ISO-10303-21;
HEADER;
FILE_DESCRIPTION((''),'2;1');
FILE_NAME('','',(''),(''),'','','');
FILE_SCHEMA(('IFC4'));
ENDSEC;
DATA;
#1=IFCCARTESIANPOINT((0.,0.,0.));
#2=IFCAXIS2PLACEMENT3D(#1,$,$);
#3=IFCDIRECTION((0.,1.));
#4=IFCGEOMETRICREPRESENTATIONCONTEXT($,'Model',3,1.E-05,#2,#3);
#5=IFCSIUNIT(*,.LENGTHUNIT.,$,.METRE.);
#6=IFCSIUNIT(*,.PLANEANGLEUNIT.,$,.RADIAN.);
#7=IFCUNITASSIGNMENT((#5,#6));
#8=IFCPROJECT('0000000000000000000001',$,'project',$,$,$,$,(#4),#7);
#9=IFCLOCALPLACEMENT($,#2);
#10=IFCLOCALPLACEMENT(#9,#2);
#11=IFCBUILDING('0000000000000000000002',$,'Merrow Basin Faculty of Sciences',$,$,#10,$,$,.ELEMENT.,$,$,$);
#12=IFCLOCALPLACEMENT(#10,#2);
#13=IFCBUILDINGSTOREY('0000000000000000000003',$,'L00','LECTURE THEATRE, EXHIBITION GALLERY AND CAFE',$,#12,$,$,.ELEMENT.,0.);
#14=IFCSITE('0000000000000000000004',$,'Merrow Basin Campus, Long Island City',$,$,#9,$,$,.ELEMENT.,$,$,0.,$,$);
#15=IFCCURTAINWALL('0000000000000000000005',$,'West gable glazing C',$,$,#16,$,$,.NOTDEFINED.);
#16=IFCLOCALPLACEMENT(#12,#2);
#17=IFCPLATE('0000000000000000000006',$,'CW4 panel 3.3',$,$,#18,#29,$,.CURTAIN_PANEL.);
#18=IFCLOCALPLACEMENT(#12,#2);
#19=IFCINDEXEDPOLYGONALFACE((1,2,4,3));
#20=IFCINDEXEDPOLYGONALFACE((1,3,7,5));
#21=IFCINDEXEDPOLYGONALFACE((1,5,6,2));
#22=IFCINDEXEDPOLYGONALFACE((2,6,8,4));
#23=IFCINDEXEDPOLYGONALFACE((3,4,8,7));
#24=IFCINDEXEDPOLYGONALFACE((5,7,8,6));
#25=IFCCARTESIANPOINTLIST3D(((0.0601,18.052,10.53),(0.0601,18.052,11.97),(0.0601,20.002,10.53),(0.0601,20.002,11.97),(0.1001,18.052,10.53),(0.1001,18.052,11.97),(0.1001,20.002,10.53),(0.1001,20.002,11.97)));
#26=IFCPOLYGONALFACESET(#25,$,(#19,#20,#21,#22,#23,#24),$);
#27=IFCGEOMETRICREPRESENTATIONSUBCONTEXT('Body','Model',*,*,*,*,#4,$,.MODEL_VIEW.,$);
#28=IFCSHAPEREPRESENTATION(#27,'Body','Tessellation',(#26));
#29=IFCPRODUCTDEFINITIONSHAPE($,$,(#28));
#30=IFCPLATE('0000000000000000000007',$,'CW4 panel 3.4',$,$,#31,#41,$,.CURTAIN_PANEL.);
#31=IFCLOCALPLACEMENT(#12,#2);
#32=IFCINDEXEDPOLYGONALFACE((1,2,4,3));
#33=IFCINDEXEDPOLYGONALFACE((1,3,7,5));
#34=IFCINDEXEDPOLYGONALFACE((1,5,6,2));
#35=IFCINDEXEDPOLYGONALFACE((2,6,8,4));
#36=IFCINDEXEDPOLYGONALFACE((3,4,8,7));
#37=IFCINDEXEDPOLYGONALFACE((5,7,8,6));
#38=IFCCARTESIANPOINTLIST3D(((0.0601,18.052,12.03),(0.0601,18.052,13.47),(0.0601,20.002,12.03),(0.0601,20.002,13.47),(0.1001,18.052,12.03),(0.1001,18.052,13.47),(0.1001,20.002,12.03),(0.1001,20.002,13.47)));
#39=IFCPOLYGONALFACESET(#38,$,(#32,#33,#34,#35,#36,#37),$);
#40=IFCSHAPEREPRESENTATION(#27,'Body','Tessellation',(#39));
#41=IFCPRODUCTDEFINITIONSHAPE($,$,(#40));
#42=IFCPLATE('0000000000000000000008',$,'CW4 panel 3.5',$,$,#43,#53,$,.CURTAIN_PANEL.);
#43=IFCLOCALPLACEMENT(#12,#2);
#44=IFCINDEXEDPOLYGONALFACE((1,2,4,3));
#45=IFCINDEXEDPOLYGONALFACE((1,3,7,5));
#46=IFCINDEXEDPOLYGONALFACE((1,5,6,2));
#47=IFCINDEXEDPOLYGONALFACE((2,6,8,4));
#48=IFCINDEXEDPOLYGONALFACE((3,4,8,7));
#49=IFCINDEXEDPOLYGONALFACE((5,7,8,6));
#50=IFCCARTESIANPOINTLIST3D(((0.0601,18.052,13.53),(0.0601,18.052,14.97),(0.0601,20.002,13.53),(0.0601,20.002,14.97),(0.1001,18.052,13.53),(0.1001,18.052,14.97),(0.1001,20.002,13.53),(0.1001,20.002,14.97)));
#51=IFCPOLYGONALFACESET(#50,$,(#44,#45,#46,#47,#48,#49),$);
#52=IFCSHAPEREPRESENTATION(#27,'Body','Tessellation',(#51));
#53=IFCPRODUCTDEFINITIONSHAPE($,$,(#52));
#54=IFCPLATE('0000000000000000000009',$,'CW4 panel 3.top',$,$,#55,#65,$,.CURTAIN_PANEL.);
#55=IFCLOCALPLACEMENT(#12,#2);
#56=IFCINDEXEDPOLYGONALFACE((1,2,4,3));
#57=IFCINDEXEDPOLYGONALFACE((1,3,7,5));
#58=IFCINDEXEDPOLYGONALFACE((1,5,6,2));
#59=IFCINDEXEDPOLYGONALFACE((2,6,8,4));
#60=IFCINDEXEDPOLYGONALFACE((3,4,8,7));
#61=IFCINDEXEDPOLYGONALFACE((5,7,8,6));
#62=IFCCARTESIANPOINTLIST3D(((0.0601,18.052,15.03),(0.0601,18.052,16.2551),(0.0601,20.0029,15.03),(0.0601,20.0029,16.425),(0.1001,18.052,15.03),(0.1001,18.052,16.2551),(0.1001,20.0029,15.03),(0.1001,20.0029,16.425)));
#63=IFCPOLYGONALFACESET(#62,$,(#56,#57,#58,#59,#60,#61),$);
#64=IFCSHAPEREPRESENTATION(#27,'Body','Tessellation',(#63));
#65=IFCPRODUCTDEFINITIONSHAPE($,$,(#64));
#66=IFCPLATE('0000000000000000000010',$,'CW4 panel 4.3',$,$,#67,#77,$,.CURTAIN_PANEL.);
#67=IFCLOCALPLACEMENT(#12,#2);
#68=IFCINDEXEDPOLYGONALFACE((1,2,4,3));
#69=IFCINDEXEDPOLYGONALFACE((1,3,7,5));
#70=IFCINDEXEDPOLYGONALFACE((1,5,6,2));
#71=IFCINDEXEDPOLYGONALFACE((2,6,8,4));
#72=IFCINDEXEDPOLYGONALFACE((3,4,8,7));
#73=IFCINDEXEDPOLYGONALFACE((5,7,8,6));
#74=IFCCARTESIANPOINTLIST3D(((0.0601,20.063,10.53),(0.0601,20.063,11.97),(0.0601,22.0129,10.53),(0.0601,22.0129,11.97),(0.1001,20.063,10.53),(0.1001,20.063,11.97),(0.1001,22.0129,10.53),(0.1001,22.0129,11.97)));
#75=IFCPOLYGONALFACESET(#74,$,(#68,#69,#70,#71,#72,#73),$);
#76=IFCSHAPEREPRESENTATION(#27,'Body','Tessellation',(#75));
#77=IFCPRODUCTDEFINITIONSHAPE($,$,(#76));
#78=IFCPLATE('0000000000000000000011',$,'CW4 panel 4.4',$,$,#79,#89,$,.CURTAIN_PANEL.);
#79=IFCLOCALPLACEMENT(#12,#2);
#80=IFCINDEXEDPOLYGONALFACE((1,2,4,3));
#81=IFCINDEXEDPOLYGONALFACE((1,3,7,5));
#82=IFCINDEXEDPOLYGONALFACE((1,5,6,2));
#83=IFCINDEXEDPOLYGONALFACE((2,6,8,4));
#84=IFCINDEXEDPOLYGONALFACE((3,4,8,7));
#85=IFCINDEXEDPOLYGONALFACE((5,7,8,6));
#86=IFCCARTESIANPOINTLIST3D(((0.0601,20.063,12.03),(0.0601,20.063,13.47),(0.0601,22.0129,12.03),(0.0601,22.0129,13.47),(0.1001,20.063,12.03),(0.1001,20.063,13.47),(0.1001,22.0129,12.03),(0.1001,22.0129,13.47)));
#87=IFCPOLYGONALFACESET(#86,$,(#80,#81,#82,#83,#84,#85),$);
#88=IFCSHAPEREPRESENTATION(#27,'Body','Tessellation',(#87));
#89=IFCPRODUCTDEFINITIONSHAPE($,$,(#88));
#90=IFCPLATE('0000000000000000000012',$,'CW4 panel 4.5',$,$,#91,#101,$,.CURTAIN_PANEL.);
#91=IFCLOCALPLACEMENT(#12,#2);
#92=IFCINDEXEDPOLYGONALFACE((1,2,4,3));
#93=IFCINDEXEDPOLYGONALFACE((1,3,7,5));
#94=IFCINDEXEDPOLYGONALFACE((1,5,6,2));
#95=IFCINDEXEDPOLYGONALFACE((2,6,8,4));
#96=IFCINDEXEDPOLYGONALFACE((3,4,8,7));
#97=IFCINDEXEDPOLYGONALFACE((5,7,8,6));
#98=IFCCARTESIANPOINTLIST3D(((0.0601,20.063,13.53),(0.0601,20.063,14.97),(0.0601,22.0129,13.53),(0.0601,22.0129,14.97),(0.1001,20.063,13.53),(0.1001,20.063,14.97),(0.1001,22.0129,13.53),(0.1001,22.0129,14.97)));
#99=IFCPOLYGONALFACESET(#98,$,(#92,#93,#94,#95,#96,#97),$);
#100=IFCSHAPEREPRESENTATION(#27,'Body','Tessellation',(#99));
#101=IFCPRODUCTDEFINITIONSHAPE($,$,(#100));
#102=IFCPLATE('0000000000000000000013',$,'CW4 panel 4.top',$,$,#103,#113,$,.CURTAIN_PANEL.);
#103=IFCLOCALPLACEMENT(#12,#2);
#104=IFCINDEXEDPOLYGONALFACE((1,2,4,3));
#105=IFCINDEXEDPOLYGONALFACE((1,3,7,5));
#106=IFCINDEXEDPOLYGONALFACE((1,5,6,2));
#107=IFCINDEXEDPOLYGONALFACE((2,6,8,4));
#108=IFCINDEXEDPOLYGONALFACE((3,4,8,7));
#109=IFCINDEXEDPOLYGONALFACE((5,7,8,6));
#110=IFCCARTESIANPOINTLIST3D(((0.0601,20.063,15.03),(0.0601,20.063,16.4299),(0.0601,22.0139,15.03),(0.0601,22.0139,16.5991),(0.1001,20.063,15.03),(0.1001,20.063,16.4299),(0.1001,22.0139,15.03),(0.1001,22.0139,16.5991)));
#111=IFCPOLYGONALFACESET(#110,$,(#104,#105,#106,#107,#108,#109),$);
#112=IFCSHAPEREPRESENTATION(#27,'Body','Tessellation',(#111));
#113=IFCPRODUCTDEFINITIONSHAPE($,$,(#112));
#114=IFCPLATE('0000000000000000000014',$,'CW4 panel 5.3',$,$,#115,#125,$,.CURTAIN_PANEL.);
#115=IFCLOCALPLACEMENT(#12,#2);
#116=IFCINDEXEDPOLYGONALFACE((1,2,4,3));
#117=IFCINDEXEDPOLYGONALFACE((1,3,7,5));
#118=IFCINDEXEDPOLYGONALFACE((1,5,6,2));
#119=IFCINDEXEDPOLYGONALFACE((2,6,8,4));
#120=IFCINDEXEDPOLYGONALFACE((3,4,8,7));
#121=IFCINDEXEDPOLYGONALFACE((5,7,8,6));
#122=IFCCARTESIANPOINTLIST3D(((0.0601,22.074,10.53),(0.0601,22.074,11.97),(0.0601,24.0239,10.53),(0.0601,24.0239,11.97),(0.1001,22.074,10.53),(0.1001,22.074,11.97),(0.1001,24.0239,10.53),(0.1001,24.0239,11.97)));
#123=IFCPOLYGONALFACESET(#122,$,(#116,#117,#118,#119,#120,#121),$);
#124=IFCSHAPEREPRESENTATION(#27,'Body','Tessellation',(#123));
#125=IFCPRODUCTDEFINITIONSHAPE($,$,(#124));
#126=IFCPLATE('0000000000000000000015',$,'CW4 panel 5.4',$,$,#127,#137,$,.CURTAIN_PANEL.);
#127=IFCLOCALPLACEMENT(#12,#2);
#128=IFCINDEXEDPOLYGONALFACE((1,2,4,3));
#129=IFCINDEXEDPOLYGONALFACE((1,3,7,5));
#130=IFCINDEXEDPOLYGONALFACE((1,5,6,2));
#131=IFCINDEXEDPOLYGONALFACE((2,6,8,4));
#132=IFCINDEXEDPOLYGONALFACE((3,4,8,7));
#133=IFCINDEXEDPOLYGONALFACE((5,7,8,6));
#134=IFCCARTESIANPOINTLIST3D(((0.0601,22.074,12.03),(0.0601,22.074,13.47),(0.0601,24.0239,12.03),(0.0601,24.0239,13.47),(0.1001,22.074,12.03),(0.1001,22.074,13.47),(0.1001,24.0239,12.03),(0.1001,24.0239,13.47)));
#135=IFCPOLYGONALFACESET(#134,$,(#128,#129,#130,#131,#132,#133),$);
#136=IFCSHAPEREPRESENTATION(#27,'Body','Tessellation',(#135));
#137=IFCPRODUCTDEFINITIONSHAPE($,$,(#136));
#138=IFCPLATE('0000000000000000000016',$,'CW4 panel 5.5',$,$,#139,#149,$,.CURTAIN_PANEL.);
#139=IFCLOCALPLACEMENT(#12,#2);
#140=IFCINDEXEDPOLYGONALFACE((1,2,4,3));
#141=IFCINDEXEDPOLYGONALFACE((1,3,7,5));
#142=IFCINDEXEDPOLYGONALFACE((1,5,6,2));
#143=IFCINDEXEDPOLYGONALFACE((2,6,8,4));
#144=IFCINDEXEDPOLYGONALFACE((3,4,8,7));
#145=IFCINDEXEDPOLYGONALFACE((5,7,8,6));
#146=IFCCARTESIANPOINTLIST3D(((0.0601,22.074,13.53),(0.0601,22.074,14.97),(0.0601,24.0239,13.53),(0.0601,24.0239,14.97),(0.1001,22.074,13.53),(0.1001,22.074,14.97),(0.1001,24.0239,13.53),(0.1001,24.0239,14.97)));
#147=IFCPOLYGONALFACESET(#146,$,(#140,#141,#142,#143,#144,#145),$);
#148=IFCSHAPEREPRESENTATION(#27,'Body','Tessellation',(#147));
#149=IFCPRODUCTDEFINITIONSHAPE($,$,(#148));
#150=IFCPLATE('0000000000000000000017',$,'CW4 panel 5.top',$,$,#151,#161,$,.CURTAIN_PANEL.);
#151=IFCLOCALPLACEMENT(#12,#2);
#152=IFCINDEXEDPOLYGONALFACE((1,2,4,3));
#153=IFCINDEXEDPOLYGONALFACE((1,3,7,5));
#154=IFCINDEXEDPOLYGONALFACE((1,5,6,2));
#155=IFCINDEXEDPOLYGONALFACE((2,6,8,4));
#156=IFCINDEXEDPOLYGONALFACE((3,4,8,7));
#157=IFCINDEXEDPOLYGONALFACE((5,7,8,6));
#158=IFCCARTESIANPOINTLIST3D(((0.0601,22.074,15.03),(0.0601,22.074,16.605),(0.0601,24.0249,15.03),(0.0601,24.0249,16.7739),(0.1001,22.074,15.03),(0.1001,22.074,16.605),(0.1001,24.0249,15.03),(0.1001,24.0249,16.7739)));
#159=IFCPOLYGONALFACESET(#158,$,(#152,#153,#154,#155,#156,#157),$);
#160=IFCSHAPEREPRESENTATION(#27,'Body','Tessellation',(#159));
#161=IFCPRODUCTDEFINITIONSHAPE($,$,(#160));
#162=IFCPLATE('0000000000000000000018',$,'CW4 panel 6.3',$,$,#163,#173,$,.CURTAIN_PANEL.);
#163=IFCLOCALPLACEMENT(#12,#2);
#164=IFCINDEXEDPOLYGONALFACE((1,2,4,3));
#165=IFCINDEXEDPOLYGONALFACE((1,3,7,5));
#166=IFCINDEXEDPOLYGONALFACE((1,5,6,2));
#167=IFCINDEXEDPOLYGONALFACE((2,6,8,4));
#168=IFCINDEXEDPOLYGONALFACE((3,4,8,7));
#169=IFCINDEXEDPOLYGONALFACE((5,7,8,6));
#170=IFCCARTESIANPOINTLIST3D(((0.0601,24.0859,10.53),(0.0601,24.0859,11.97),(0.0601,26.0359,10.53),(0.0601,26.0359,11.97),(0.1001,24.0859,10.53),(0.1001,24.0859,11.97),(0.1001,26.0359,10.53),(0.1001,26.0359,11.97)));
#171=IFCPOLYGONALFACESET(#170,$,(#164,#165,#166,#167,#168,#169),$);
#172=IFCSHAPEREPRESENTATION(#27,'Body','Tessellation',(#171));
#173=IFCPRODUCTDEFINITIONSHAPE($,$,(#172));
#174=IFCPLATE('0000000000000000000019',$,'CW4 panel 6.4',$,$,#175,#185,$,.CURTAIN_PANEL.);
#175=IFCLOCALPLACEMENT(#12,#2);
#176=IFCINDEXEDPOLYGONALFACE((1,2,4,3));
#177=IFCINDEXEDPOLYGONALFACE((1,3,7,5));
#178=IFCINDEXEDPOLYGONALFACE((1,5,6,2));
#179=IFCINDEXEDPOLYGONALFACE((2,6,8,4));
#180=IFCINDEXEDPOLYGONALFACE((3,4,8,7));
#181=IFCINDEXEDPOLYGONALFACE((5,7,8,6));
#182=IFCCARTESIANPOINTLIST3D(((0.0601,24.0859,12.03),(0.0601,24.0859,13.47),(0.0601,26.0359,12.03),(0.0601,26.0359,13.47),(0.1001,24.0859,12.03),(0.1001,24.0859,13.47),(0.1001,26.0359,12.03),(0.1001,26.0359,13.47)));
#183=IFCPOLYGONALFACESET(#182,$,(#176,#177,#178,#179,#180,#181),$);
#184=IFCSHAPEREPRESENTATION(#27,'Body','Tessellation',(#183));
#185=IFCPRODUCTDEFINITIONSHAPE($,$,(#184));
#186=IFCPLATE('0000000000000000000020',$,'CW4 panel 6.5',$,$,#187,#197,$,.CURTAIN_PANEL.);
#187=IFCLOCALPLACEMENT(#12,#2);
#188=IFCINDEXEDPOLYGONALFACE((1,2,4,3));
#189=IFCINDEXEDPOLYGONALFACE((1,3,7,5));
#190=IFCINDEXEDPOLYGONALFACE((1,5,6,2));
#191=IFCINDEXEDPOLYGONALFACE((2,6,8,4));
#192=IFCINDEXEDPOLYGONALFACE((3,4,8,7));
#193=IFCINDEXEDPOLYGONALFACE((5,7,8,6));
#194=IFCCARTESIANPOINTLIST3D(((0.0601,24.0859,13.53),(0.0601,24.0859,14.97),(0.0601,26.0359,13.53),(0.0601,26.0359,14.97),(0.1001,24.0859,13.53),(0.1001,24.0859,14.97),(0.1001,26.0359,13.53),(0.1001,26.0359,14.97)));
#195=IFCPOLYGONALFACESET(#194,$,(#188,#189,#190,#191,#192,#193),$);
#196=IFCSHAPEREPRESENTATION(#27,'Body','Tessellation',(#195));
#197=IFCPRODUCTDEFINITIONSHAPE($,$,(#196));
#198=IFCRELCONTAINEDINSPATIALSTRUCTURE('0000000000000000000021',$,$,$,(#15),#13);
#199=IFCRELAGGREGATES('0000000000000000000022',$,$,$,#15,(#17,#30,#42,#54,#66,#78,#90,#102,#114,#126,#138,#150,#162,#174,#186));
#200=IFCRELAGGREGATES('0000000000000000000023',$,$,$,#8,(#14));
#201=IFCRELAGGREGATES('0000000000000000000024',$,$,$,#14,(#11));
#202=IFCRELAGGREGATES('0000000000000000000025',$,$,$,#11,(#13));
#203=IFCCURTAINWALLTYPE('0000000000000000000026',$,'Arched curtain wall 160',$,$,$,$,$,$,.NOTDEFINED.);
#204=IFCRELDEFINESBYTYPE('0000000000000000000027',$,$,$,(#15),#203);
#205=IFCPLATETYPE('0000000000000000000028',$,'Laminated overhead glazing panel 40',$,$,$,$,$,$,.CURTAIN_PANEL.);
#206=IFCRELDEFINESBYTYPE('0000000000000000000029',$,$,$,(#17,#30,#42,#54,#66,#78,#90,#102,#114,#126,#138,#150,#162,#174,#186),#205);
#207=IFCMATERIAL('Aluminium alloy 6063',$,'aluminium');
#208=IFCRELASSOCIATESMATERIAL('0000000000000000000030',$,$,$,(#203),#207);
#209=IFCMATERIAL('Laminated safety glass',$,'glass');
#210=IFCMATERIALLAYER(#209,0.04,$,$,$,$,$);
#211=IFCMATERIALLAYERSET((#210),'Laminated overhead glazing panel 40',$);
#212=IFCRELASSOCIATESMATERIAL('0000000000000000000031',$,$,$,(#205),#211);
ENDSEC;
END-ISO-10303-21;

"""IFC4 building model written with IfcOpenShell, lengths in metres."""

from ifc_helpers import new_model, si_unit, direction, frame, origin, place, context, subcontext, project, spatial, polyline, outline, extrude, material, layer, layer_set, type_object, element, aggregate, save


model = new_model("IFC4")

# Units and contexts
model_context = context("Model", 3, precision=1e-05, world=origin(), true_north=direction((0.0, 1.0)))
body_context = subcontext(model_context, "Body", "Model", "MODEL_VIEW")
ifc_project = project(units=[si_unit("LENGTHUNIT", "METRE"), si_unit("PLANEANGLEUNIT", "RADIAN")], contexts=[model_context])

# Site, building, storey
site_placement = place(None, origin())
site = spatial("IfcSite", under=ifc_project, at=site_placement, Name="Merrow Basin Campus, Long Island City", CompositionType="ELEMENT", RefElevation=0.0)
building_placement = place(site_placement, origin())
building = spatial("IfcBuilding", under=site, at=building_placement, Name="Merrow Basin Faculty of Sciences", CompositionType="ELEMENT")
storey_placement = place(building_placement, origin())
storey = spatial("IfcBuildingStorey", under=building, at=storey_placement, Name="L00", Description="LECTURE THEATRE, EXHIBITION GALLERY AND CAFE", CompositionType="ELEMENT", Elevation=0.0)

# Curtain wall
ifc_material_1 = material(Name="Aluminium alloy 6063", Category="aluminium")
curtain_wall_type = type_object("IfcCurtainWallType", Name="Arched curtain wall 160", PredefinedType="NOTDEFINED", material=ifc_material_1)
curtain_wall_1_placement = place(storey_placement, origin())
curtain_wall_1 = element("IfcCurtainWall", 1, at=curtain_wall_1_placement, inside=storey, type_object=curtain_wall_type, Name="West gable glazing C", PredefinedType="NOTDEFINED")

# Plates
ifc_material_2 = material(Name="Laminated safety glass", Category="glass")
ifc_layer = layer(ifc_material_2, 0.04)
ifc_layer_set = layer_set([ifc_layer], Name="Laminated overhead glazing panel 40")
plate_type = type_object("IfcPlateType", Name="Laminated overhead glazing panel 40", PredefinedType="CURTAIN_PANEL", material=ifc_layer_set)
plate_1_placement = place(storey_placement, frame((0.0601, 18.052, 10.53), z_axis=(1.0, 0.0, 0.0), x_axis=(0.0, 1.0, 0.0)))
plate_1 = element("IfcPlate", 2, at=plate_1_placement, type_object=plate_type, Name="CW4 panel 3.3", PredefinedType="CURTAIN_PANEL", context=body_context, shape_type="SweptSolid", body=[
    extrude(outline(polyline([(0.0, 0.0), (1.95, 0.0), (1.95, 1.4399), (0.0, 1.4399), (0.0, 0.0)])), origin(), (0.0, 0.0, 1.0), 0.04),
])
plate_2_placement = place(storey_placement, frame((0.0601, 18.052, 12.03), z_axis=(1.0, 0.0, 0.0), x_axis=(0.0, 1.0, 0.0)))
plate_2 = element("IfcPlate", 3, at=plate_2_placement, type_object=plate_type, Name="CW4 panel 3.4", PredefinedType="CURTAIN_PANEL", context=body_context, shape_type="SweptSolid", body=[
    extrude(outline(polyline([(0.0, 0.0), (1.95, 0.0), (1.95, 1.4399), (0.0, 1.4399), (0.0, 0.0)])), origin(), (0.0, 0.0, 1.0), 0.04),
])
plate_3_placement = place(storey_placement, frame((0.0601, 18.052, 13.53), z_axis=(1.0, 0.0, 0.0), x_axis=(0.0, 1.0, 0.0)))
plate_3 = element("IfcPlate", 4, at=plate_3_placement, type_object=plate_type, Name="CW4 panel 3.5", PredefinedType="CURTAIN_PANEL", context=body_context, shape_type="SweptSolid", body=[
    extrude(outline(polyline([(0.0, 0.0), (1.95, 0.0), (1.95, 1.4399), (0.0, 1.4399), (0.0, 0.0)])), origin(), (0.0, 0.0, 1.0), 0.04),
])
plate_4_placement = place(storey_placement, frame((0.0601, 18.052, 15.03), z_axis=(1.0, 0.0, 0.0), x_axis=(0.0, 1.0, 0.0)))
plate_4 = element("IfcPlate", 5, at=plate_4_placement, type_object=plate_type, Name="CW4 panel 3.top", PredefinedType="CURTAIN_PANEL", context=body_context, shape_type="SweptSolid", body=[
    extrude(outline(polyline([(0.0, 0.0), (1.9509, 0.0), (1.9509, 1.395), (0.0, 1.2251), (0.0, 0.0)])), origin(), (0.0, 0.0, 1.0), 0.04),
])
plate_5_placement = place(storey_placement, frame((0.0601, 20.063, 10.53), z_axis=(1.0, 0.0, 0.0), x_axis=(0.0, 1.0, 0.0)))
plate_5 = element("IfcPlate", 6, at=plate_5_placement, type_object=plate_type, Name="CW4 panel 4.3", PredefinedType="CURTAIN_PANEL", context=body_context, shape_type="SweptSolid", body=[
    extrude(outline(polyline([(0.0, 0.0), (1.95, 0.0), (1.95, 1.4399), (0.0, 1.4399), (0.0, 0.0)])), origin(), (0.0, 0.0, 1.0), 0.04),
])
plate_6_placement = place(storey_placement, frame((0.0601, 20.063, 12.03), z_axis=(1.0, 0.0, 0.0), x_axis=(0.0, 1.0, 0.0)))
plate_6 = element("IfcPlate", 7, at=plate_6_placement, type_object=plate_type, Name="CW4 panel 4.4", PredefinedType="CURTAIN_PANEL", context=body_context, shape_type="SweptSolid", body=[
    extrude(outline(polyline([(0.0, 0.0), (1.95, 0.0), (1.95, 1.4399), (0.0, 1.4399), (0.0, 0.0)])), origin(), (0.0, 0.0, 1.0), 0.04),
])
plate_7_placement = place(storey_placement, frame((0.0601, 20.063, 13.53), z_axis=(1.0, 0.0, 0.0), x_axis=(0.0, 1.0, 0.0)))
plate_7 = element("IfcPlate", 8, at=plate_7_placement, type_object=plate_type, Name="CW4 panel 4.5", PredefinedType="CURTAIN_PANEL", context=body_context, shape_type="SweptSolid", body=[
    extrude(outline(polyline([(0.0, 0.0), (1.95, 0.0), (1.95, 1.4399), (0.0, 1.4399), (0.0, 0.0)])), origin(), (0.0, 0.0, 1.0), 0.04),
])
plate_8_placement = place(storey_placement, frame((0.0601, 20.063, 15.03), z_axis=(1.0, 0.0, 0.0), x_axis=(0.0, 1.0, 0.0)))
plate_8 = element("IfcPlate", 9, at=plate_8_placement, type_object=plate_type, Name="CW4 panel 4.top", PredefinedType="CURTAIN_PANEL", context=body_context, shape_type="SweptSolid", body=[
    extrude(outline(polyline([(0.0, 0.0), (1.9509, 0.0), (1.9509, 1.5691), (0.0, 1.3999), (0.0, 0.0)])), origin(), (0.0, 0.0, 1.0), 0.04),
])
plate_9_placement = place(storey_placement, frame((0.0601, 22.074, 10.53), z_axis=(1.0, 0.0, 0.0), x_axis=(0.0, 1.0, 0.0)))
plate_9 = element("IfcPlate", 10, at=plate_9_placement, type_object=plate_type, Name="CW4 panel 5.3", PredefinedType="CURTAIN_PANEL", context=body_context, shape_type="SweptSolid", body=[
    extrude(outline(polyline([(0.0, 0.0), (1.95, 0.0), (1.95, 1.4399), (0.0, 1.4399), (0.0, 0.0)])), origin(), (0.0, 0.0, 1.0), 0.04),
])
plate_10_placement = place(storey_placement, frame((0.0601, 22.074, 12.03), z_axis=(1.0, 0.0, 0.0), x_axis=(0.0, 1.0, 0.0)))
plate_10 = element("IfcPlate", 11, at=plate_10_placement, type_object=plate_type, Name="CW4 panel 5.4", PredefinedType="CURTAIN_PANEL", context=body_context, shape_type="SweptSolid", body=[
    extrude(outline(polyline([(0.0, 0.0), (1.95, 0.0), (1.95, 1.4399), (0.0, 1.4399), (0.0, 0.0)])), origin(), (0.0, 0.0, 1.0), 0.04),
])
plate_11_placement = place(storey_placement, frame((0.0601, 22.074, 13.53), z_axis=(1.0, 0.0, 0.0), x_axis=(0.0, 1.0, 0.0)))
plate_11 = element("IfcPlate", 12, at=plate_11_placement, type_object=plate_type, Name="CW4 panel 5.5", PredefinedType="CURTAIN_PANEL", context=body_context, shape_type="SweptSolid", body=[
    extrude(outline(polyline([(0.0, 0.0), (1.95, 0.0), (1.95, 1.4399), (0.0, 1.4399), (0.0, 0.0)])), origin(), (0.0, 0.0, 1.0), 0.04),
])
plate_12_placement = place(storey_placement, frame((0.0601, 22.074, 15.03), z_axis=(1.0, 0.0, 0.0), x_axis=(0.0, 1.0, 0.0)))
plate_12 = element("IfcPlate", 13, at=plate_12_placement, type_object=plate_type, Name="CW4 panel 5.top", PredefinedType="CURTAIN_PANEL", context=body_context, shape_type="SweptSolid", body=[
    extrude(outline(polyline([(0.0, 0.0), (1.9509, 0.0), (1.9509, 1.7439), (0.0, 1.575), (0.0, 0.0)])), origin(), (0.0, 0.0, 1.0), 0.04),
])
plate_13_placement = place(storey_placement, frame((0.0601, 24.0859, 10.53), z_axis=(1.0, 0.0, 0.0), x_axis=(0.0, 1.0, 0.0)))
plate_13 = element("IfcPlate", 14, at=plate_13_placement, type_object=plate_type, Name="CW4 panel 6.3", PredefinedType="CURTAIN_PANEL", context=body_context, shape_type="SweptSolid", body=[
    extrude(outline(polyline([(0.0, 0.0), (1.95, 0.0), (1.95, 1.4399), (0.0, 1.4399), (0.0, 0.0)])), origin(), (0.0, 0.0, 1.0), 0.04),
])
plate_14_placement = place(storey_placement, frame((0.0601, 24.0859, 12.03), z_axis=(1.0, 0.0, 0.0), x_axis=(0.0, 1.0, 0.0)))
plate_14 = element("IfcPlate", 15, at=plate_14_placement, type_object=plate_type, Name="CW4 panel 6.4", PredefinedType="CURTAIN_PANEL", context=body_context, shape_type="SweptSolid", body=[
    extrude(outline(polyline([(0.0, 0.0), (1.95, 0.0), (1.95, 1.4399), (0.0, 1.4399), (0.0, 0.0)])), origin(), (0.0, 0.0, 1.0), 0.04),
])
plate_15_placement = place(storey_placement, frame((0.0601, 24.0859, 13.53), z_axis=(1.0, 0.0, 0.0), x_axis=(0.0, 1.0, 0.0)))
plate_15 = element("IfcPlate", 16, at=plate_15_placement, type_object=plate_type, Name="CW4 panel 6.5", PredefinedType="CURTAIN_PANEL", context=body_context, shape_type="SweptSolid", body=[
    extrude(outline(polyline([(0.0, 0.0), (1.95, 0.0), (1.95, 1.4399), (0.0, 1.4399), (0.0, 0.0)])), origin(), (0.0, 0.0, 1.0), 0.04),
])
aggregate(curtain_wall_1, [plate_1, plate_2, plate_3, plate_4, plate_5, plate_6, plate_7, plate_8, plate_9, plate_10, plate_11, plate_12, plate_13, plate_14, plate_15])

save(model, "model.ifc")
